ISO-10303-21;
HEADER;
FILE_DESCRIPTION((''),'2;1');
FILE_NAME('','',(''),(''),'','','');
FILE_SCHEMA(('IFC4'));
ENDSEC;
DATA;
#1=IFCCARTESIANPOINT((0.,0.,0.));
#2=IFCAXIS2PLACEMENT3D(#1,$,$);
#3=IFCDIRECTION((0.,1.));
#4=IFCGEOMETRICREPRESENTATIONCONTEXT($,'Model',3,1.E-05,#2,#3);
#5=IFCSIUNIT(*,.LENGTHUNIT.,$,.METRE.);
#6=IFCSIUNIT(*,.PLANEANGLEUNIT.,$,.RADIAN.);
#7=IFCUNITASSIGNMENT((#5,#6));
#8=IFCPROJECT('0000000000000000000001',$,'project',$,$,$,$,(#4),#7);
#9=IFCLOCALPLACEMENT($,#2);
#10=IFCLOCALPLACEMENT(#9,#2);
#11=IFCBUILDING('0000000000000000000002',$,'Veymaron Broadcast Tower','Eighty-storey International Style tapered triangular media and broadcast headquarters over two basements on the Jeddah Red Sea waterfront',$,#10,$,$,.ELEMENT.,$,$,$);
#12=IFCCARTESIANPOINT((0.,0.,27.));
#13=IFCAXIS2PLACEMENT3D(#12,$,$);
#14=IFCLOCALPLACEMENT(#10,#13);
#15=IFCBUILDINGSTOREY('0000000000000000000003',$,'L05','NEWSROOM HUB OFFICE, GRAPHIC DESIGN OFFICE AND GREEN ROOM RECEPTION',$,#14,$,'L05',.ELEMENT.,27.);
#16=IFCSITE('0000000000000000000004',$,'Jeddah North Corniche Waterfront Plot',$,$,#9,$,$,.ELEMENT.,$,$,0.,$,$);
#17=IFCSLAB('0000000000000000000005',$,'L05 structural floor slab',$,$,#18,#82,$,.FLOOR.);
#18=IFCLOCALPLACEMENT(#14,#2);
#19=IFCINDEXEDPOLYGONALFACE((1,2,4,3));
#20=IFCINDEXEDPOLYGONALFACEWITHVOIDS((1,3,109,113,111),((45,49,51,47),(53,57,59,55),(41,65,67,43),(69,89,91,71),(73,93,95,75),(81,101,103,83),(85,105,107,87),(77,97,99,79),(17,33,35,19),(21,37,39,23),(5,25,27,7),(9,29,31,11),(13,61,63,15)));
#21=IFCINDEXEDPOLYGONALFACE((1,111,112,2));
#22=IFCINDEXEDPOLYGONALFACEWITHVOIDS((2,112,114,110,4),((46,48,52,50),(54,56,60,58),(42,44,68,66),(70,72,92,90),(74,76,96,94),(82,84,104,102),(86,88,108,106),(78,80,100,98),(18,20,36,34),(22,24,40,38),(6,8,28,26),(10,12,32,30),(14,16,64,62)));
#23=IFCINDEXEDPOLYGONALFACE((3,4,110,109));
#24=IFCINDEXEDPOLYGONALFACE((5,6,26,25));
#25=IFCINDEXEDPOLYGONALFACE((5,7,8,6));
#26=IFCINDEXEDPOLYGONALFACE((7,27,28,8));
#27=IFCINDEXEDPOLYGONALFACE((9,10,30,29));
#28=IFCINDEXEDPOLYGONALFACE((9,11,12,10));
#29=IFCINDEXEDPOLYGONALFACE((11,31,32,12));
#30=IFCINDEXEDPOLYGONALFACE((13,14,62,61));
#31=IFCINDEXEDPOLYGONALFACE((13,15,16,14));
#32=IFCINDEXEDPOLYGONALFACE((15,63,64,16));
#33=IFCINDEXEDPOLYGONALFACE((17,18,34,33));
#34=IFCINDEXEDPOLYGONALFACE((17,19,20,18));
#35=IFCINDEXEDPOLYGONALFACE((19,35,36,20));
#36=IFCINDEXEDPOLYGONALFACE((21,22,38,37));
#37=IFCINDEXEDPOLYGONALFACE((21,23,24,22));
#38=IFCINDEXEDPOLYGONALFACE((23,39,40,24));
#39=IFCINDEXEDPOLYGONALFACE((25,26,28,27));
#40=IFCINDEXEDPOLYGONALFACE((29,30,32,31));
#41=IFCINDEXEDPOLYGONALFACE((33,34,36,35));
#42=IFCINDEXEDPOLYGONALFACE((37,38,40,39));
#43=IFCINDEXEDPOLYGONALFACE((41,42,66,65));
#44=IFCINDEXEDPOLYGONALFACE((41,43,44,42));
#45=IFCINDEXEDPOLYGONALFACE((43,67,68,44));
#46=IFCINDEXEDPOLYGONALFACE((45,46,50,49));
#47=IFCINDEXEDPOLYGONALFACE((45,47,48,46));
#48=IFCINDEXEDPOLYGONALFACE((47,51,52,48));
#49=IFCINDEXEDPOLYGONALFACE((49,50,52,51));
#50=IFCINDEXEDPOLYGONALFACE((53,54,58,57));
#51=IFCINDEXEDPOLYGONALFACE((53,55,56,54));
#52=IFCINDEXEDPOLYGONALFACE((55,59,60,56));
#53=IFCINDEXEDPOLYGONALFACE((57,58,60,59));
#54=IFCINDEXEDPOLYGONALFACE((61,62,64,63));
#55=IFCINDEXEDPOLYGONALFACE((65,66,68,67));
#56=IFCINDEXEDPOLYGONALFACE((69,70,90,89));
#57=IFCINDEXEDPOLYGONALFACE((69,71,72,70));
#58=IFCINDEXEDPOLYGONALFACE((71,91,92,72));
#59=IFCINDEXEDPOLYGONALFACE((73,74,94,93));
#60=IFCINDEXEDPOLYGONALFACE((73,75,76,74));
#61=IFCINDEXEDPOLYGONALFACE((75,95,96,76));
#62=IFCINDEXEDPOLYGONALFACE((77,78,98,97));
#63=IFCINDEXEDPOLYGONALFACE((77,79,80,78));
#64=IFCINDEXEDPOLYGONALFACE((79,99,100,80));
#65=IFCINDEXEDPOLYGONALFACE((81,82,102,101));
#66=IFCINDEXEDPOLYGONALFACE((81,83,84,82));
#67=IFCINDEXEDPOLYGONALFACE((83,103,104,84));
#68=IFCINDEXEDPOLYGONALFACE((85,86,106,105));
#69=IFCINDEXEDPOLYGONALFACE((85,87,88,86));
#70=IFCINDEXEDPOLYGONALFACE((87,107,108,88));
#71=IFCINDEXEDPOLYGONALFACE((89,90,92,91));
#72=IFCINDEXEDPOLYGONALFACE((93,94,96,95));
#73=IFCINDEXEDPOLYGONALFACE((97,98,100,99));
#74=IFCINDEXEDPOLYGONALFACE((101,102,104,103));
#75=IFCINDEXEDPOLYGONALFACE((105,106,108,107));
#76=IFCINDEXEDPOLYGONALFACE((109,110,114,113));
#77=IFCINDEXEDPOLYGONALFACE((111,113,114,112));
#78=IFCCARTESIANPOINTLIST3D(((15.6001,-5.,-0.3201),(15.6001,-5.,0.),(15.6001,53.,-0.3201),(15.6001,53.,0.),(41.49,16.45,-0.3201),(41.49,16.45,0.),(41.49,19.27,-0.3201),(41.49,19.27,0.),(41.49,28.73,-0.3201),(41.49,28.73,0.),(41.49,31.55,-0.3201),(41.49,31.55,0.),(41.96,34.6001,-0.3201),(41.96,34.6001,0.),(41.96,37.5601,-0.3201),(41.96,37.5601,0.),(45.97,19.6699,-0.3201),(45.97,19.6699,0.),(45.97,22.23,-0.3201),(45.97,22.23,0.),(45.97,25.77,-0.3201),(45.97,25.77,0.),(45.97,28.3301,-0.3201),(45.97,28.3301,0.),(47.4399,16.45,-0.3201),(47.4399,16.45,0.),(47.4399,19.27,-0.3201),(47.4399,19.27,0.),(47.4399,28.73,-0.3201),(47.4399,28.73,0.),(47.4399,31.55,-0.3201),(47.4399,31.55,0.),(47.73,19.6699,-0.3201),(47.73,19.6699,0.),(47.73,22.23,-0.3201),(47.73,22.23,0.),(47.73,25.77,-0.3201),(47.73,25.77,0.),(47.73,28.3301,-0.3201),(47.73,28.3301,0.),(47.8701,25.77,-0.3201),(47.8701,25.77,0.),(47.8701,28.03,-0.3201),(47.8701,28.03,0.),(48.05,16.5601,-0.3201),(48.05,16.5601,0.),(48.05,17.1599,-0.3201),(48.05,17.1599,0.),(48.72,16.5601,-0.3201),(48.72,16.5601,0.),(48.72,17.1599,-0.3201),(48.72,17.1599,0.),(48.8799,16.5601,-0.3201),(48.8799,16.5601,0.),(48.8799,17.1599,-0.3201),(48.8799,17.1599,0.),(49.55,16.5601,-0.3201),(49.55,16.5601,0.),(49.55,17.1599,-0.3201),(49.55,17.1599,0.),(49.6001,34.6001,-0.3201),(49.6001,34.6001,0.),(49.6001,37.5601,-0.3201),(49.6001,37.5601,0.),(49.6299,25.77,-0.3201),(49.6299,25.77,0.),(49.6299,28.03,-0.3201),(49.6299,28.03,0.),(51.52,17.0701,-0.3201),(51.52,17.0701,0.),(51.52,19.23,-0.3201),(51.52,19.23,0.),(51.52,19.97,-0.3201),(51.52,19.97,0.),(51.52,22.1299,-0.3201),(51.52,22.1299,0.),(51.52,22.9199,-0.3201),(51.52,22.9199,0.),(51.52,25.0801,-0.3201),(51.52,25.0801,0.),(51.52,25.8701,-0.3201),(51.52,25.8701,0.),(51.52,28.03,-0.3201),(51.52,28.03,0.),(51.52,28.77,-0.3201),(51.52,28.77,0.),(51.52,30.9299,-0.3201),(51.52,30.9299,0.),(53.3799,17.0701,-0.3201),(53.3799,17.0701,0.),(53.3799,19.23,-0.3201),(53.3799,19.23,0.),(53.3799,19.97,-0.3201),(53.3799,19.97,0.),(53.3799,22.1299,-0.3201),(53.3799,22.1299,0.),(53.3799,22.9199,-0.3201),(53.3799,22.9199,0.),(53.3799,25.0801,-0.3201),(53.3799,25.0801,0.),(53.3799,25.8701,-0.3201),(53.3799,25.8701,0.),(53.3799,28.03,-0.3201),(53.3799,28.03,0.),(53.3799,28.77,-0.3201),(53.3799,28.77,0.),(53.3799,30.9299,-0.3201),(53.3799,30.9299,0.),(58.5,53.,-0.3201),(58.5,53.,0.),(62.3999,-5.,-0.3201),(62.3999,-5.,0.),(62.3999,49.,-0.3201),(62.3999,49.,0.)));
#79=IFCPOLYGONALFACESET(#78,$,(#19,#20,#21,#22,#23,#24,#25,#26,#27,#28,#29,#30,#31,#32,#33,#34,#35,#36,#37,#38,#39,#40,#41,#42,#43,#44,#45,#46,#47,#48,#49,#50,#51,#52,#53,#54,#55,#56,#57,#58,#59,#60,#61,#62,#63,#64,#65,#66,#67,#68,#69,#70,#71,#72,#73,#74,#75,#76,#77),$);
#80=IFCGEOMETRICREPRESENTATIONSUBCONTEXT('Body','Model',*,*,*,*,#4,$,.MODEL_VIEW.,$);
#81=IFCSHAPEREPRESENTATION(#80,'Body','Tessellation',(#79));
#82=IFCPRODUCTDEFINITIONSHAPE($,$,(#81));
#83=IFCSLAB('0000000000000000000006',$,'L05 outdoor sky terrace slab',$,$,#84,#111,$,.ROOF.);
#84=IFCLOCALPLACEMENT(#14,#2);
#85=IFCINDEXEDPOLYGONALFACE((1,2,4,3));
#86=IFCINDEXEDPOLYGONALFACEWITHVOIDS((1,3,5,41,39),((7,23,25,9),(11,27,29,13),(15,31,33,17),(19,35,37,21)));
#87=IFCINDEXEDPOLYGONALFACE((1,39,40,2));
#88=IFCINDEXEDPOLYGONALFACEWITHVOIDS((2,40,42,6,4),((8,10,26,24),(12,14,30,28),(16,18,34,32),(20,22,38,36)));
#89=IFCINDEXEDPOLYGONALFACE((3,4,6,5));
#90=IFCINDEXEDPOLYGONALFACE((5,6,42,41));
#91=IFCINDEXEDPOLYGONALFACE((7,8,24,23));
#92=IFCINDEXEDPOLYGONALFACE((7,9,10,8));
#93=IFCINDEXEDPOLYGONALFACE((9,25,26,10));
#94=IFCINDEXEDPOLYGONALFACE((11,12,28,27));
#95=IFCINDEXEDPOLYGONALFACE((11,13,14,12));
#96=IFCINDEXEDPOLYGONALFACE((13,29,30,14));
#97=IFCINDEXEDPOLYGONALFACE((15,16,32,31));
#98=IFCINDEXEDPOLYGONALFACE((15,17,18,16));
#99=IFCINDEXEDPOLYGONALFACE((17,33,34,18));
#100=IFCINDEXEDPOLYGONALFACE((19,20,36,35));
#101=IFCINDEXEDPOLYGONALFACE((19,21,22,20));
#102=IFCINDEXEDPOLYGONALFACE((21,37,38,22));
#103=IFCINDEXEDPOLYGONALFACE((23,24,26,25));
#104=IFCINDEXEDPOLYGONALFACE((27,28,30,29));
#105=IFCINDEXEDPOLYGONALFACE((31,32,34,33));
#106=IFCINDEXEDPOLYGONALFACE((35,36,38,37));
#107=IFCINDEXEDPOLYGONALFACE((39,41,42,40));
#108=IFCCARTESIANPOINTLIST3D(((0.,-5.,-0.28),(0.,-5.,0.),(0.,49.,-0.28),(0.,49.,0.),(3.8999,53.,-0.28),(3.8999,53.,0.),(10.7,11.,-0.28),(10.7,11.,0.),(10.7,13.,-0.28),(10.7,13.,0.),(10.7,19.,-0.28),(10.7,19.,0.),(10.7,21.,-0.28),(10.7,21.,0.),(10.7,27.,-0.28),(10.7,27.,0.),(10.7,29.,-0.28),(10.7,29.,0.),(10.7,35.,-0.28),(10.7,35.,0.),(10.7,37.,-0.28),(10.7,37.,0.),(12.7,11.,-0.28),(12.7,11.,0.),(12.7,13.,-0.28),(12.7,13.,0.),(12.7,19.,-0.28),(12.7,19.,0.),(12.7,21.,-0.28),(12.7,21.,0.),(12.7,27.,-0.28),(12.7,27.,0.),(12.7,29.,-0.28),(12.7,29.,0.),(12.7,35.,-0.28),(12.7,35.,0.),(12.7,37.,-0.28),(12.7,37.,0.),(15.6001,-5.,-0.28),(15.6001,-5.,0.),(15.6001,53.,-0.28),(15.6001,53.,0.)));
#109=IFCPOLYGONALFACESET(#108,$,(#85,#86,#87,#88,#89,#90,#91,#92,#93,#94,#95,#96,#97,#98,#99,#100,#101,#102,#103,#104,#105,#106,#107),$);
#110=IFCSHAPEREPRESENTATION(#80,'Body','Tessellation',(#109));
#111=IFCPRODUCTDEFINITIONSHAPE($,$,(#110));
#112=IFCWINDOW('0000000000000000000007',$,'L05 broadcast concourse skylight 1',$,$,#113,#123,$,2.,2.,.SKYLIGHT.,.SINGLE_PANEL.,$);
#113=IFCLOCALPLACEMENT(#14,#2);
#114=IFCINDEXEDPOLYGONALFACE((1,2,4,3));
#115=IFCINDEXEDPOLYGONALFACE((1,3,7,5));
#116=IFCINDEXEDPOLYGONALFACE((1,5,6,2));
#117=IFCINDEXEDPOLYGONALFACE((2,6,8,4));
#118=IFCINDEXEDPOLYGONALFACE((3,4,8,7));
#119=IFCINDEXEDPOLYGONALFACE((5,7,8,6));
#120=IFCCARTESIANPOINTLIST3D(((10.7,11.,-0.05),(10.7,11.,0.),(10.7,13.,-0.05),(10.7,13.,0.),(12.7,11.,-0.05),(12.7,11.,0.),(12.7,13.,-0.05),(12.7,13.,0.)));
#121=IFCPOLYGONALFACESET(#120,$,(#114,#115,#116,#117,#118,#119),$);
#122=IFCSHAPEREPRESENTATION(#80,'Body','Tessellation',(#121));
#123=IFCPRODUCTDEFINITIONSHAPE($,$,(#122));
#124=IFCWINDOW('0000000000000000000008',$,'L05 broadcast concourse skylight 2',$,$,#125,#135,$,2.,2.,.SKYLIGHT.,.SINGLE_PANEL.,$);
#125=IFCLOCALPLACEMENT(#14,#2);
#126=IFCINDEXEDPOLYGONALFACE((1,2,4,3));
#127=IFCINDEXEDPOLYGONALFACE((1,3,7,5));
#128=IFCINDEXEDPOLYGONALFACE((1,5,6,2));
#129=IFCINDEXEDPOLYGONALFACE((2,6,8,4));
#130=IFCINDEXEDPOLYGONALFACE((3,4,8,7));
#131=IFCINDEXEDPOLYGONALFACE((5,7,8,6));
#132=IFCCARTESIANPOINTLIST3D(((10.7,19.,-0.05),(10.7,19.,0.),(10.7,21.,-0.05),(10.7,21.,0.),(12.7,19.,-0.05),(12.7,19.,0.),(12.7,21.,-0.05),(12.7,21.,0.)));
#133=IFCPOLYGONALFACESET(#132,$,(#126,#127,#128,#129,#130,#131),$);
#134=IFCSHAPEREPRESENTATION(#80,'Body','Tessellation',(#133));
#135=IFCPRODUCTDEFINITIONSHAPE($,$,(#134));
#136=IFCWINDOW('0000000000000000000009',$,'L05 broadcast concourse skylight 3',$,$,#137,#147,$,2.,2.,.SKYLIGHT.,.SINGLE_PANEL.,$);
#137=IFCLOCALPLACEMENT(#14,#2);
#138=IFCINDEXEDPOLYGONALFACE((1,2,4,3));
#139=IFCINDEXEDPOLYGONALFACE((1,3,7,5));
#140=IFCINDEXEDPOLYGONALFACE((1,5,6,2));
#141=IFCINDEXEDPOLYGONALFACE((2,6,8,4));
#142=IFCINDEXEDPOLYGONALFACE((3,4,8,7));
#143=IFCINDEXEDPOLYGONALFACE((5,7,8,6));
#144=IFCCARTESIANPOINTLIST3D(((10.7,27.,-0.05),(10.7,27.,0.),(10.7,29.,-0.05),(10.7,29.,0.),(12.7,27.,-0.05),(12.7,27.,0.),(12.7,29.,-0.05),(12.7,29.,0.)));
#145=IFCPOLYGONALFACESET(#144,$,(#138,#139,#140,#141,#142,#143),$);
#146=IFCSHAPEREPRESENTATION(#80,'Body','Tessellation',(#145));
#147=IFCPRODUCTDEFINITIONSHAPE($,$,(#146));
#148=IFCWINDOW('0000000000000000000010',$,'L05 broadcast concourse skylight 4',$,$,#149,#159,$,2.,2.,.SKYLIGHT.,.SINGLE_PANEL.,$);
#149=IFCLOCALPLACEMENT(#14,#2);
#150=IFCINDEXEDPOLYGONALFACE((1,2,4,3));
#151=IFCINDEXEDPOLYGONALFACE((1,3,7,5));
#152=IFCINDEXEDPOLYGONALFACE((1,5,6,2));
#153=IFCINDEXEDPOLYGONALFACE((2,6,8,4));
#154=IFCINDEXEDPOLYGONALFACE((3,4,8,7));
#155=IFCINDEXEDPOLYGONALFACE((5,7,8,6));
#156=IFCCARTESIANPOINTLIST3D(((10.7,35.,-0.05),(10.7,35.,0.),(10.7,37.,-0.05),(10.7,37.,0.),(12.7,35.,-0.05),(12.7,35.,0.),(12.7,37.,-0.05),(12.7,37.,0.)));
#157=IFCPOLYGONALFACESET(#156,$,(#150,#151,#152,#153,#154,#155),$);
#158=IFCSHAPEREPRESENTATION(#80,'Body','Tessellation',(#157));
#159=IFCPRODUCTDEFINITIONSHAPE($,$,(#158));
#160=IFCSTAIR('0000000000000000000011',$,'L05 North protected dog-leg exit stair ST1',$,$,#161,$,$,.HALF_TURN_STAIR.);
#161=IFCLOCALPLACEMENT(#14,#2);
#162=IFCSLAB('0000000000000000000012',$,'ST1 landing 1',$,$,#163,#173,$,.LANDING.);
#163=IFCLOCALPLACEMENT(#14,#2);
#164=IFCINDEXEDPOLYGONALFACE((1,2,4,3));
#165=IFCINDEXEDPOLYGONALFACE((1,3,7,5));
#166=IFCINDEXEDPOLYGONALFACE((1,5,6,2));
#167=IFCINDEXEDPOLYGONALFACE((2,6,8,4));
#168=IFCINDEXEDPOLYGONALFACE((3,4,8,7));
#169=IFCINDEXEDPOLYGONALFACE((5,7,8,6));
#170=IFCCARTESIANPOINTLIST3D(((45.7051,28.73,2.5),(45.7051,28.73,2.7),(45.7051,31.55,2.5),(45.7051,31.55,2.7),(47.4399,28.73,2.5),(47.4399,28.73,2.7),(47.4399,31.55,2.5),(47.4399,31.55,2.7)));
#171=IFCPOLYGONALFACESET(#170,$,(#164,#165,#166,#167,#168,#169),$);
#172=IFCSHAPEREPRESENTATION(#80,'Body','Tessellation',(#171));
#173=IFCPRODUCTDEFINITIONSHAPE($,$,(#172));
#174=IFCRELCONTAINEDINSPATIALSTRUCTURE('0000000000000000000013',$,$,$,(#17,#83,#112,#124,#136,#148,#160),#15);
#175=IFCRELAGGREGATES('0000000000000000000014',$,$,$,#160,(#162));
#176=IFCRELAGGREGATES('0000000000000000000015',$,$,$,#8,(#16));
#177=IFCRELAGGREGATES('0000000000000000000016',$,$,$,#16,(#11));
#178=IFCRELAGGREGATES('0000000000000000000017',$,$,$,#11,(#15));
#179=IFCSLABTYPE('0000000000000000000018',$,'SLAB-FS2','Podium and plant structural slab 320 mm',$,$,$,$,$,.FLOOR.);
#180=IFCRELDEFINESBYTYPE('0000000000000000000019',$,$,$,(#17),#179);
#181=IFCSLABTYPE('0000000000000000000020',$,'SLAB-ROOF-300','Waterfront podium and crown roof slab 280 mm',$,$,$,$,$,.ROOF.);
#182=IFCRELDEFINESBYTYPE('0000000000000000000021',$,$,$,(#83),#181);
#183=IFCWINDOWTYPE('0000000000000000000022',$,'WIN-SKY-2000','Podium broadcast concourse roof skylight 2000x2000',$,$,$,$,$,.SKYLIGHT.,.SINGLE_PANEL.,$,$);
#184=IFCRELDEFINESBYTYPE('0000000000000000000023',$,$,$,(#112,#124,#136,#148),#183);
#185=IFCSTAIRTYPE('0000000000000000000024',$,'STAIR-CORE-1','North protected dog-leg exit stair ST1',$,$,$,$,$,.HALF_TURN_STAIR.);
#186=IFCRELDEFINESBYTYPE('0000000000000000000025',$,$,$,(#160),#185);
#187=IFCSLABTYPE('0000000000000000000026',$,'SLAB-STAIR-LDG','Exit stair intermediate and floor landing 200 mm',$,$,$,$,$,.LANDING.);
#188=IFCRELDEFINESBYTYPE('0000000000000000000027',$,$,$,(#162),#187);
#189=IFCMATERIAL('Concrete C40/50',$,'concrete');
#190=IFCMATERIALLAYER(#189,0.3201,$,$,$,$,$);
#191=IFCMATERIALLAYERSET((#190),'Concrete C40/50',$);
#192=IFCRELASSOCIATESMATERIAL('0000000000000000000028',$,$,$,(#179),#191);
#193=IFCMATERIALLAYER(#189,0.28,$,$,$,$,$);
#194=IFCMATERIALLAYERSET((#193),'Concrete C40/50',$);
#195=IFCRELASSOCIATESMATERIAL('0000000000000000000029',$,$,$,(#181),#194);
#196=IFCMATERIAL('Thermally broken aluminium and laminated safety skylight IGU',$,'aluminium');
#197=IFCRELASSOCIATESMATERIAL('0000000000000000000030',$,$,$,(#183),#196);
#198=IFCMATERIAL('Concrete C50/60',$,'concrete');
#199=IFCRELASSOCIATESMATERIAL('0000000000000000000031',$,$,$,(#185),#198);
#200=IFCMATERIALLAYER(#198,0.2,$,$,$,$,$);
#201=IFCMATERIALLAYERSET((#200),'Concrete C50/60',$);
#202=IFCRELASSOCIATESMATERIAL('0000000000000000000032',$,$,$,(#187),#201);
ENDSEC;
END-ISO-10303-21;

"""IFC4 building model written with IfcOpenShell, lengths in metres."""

from ifc_helpers import new_model, si_unit, direction, frame, origin, origin_2d, place, context, subcontext, project, spatial, polyline, rectangle, outline, extrude, material, layer, layer_set, type_object, element, fill, aggregate, save


model = new_model("IFC4")

# Units and contexts
model_context = context("Model", 3, precision=1e-05, world=origin(), true_north=direction((0.0, 1.0)))
body_context = subcontext(model_context, "Body", "Model", "MODEL_VIEW")
ifc_project = project(units=[si_unit("LENGTHUNIT", "METRE"), si_unit("PLANEANGLEUNIT", "RADIAN")], contexts=[model_context])

# Site, building, storey
site_placement = place(None, origin())
site = spatial("IfcSite", under=ifc_project, at=site_placement, Name="Jeddah North Corniche Waterfront Plot", CompositionType="ELEMENT", RefElevation=0.0)
building_placement = place(site_placement, origin())
building = spatial("IfcBuilding", under=site, at=building_placement, Name="Veymaron Broadcast Tower", Description="Eighty-storey International Style tapered triangular media and broadcast headquarters over two basements on the Jeddah Red Sea waterfront", CompositionType="ELEMENT")
storey_placement = place(building_placement, frame((0.0, 0.0, 27.0)))
storey = spatial("IfcBuildingStorey", under=building, at=storey_placement, Name="L05", Description="NEWSROOM HUB OFFICE, GRAPHIC DESIGN OFFICE AND GREEN ROOM RECEPTION", LongName="L05", CompositionType="ELEMENT", Elevation=27.0)

# Shared definitions
ifc_material_1 = material(Name="Concrete C50/60", Category="concrete")

# Slab
ifc_material_2 = material(Name="Concrete C40/50", Category="concrete")
ifc_layer_1 = layer(ifc_material_2, 0.3201)
ifc_layer_set_1 = layer_set([ifc_layer_1], Name="Concrete C40/50")
slab_type_1 = type_object("IfcSlabType", Name="SLAB-FS2", Description="Podium and plant structural slab 320 mm", PredefinedType="FLOOR", material=ifc_layer_set_1)
slab_1_placement = place(storey_placement, frame((0.0, 0.0, -0.3201)))
element("IfcSlab", 1, at=slab_1_placement, inside=storey, type_object=slab_type_1, Name="L05 structural floor slab", PredefinedType="FLOOR", context=body_context, shape_type="SweptSolid", body=[
    extrude(outline(polyline([(15.6001, 53.0), (15.6001, -5.0), (62.3999, -5.0), (62.3999, 49.0), (58.5, 53.0), (15.6001, 53.0)]), holes=[polyline([(45.97, 28.3301), (47.73, 28.3301), (47.73, 25.77), (45.97, 25.77), (45.97, 28.3301)]), polyline([(45.97, 22.23), (47.73, 22.23), (47.73, 19.6699), (45.97, 19.6699), (45.97, 22.23)]), polyline([(47.8701, 28.03), (49.6299, 28.03), (49.6299, 25.77), (47.8701, 25.77), (47.8701, 28.03)]), polyline([(51.52, 30.9299), (53.3799, 30.9299), (53.3799, 28.77), (51.52, 28.77), (51.52, 30.9299)]), polyline([(51.52, 28.03), (53.3799, 28.03), (53.3799, 25.8701), (51.52, 25.8701), (51.52, 28.03)]), polyline([(51.52, 22.1299), (53.3799, 22.1299), (53.3799, 19.97), (51.52, 19.97), (51.52, 22.1299)]), polyline([(51.52, 25.0801), (53.3799, 25.0801), (53.3799, 22.9199), (51.52, 22.9199), (51.52, 25.0801)]), polyline([(51.52, 19.23), (53.3799, 19.23), (53.3799, 17.0701), (51.52, 17.0701), (51.52, 19.23)]), polyline([(48.05, 17.1599), (48.72, 17.1599), (48.72, 16.5601), (48.05, 16.5601), (48.05, 17.1599)]), polyline([(48.8799, 17.1599), (49.55, 17.1599), (49.55, 16.5601), (48.8799, 16.5601), (48.8799, 17.1599)]), polyline([(41.49, 31.55), (47.4399, 31.55), (47.4399, 28.73), (41.49, 28.73), (41.49, 31.55)]), polyline([(41.49, 19.27), (47.4399, 19.27), (47.4399, 16.45), (41.49, 16.45), (41.49, 19.27)]), polyline([(41.96, 37.5601), (49.6001, 37.5601), (49.6001, 34.6001), (41.96, 34.6001), (41.96, 37.5601)])]), origin(), (0.0, 0.0, 1.0), 0.3201),
])

# Slab, openings, windows
ifc_layer_2 = layer(ifc_material_2, 0.28)
ifc_layer_set_2 = layer_set([ifc_layer_2], Name="Concrete C40/50")
slab_type_2 = type_object("IfcSlabType", Name="SLAB-ROOF-300", Description="Waterfront podium and crown roof slab 280 mm", PredefinedType="ROOF", material=ifc_layer_set_2)
slab_2_placement = place(storey_placement, frame((0.0, 0.0, -0.28)))
slab_2 = element("IfcSlab", 2, at=slab_2_placement, inside=storey, type_object=slab_type_2, Name="L05 outdoor sky terrace slab", PredefinedType="ROOF", context=body_context, shape_type="SweptSolid", body=[
    extrude(outline(polyline([(15.6001, -5.0), (15.6001, 53.0), (3.8999, 53.0), (0.0, 49.0), (0.0, -5.0), (15.6001, -5.0)])), origin(), (0.0, 0.0, 1.0), 0.28),
])
opening_1_placement = place(slab_2_placement, frame((11.7, 12.0, -0.01)))
opening_1 = element("IfcOpeningElement", 3, at=opening_1_placement, cuts=slab_2, PredefinedType="OPENING", context=body_context, shape_type="SweptSolid", body=[
    extrude(rectangle(XDim=2.0, YDim=2.0, at=origin_2d()), origin(), (0.0, 0.0, 1.0), 0.3),
])
opening_2_placement = place(slab_2_placement, frame((11.7, 20.0, -0.01)))
opening_2 = element("IfcOpeningElement", 4, at=opening_2_placement, cuts=slab_2, PredefinedType="OPENING", context=body_context, shape_type="SweptSolid", body=[
    extrude(rectangle(XDim=2.0, YDim=2.0, at=origin_2d()), origin(), (0.0, 0.0, 1.0), 0.3),
])
opening_3_placement = place(slab_2_placement, frame((11.7, 28.0, -0.01)))
opening_3 = element("IfcOpeningElement", 5, at=opening_3_placement, cuts=slab_2, PredefinedType="OPENING", context=body_context, shape_type="SweptSolid", body=[
    extrude(rectangle(XDim=2.0, YDim=2.0, at=origin_2d()), origin(), (0.0, 0.0, 1.0), 0.3),
])
opening_4_placement = place(slab_2_placement, frame((11.7, 36.0, -0.01)))
opening_4 = element("IfcOpeningElement", 6, at=opening_4_placement, cuts=slab_2, PredefinedType="OPENING", context=body_context, shape_type="SweptSolid", body=[
    extrude(rectangle(XDim=2.0, YDim=2.0, at=origin_2d()), origin(), (0.0, 0.0, 1.0), 0.3),
])
ifc_material_3 = material(Name="Thermally broken aluminium and laminated safety skylight IGU", Category="aluminium")
window_type = type_object("IfcWindowType", Name="WIN-SKY-2000", Description="Podium broadcast concourse roof skylight 2000x2000", PartitioningType="SINGLE_PANEL", PredefinedType="SKYLIGHT", material=ifc_material_3)
window_1_placement = place(slab_2_placement, frame((11.7, 12.0, 0.23)))
window_1 = element("IfcWindow", 7, at=window_1_placement, inside=storey, type_object=window_type, Name="L05 broadcast concourse skylight 1", OverallHeight=2.0, OverallWidth=2.0, PartitioningType="SINGLE_PANEL", PredefinedType="SKYLIGHT", context=body_context, shape_type="SweptSolid", body=[
    extrude(rectangle(XDim=2.0, YDim=2.0, at=origin_2d()), origin(), (0.0, 0.0, 1.0), 0.05),
])
fill(opening_1, window_1)
window_2_placement = place(slab_2_placement, frame((11.7, 20.0, 0.23)))
window_2 = element("IfcWindow", 8, at=window_2_placement, inside=storey, type_object=window_type, Name="L05 broadcast concourse skylight 2", OverallHeight=2.0, OverallWidth=2.0, PartitioningType="SINGLE_PANEL", PredefinedType="SKYLIGHT", context=body_context, shape_type="SweptSolid", body=[
    extrude(rectangle(XDim=2.0, YDim=2.0, at=origin_2d()), origin(), (0.0, 0.0, 1.0), 0.05),
])
fill(opening_2, window_2)
window_3_placement = place(slab_2_placement, frame((11.7, 28.0, 0.23)))
window_3 = element("IfcWindow", 9, at=window_3_placement, inside=storey, type_object=window_type, Name="L05 broadcast concourse skylight 3", OverallHeight=2.0, OverallWidth=2.0, PartitioningType="SINGLE_PANEL", PredefinedType="SKYLIGHT", context=body_context, shape_type="SweptSolid", body=[
    extrude(rectangle(XDim=2.0, YDim=2.0, at=origin_2d()), origin(), (0.0, 0.0, 1.0), 0.05),
])
fill(opening_3, window_3)
window_4_placement = place(slab_2_placement, frame((11.7, 36.0, 0.23)))
window_4 = element("IfcWindow", 10, at=window_4_placement, inside=storey, type_object=window_type, Name="L05 broadcast concourse skylight 4", OverallHeight=2.0, OverallWidth=2.0, PartitioningType="SINGLE_PANEL", PredefinedType="SKYLIGHT", context=body_context, shape_type="SweptSolid", body=[
    extrude(rectangle(XDim=2.0, YDim=2.0, at=origin_2d()), origin(), (0.0, 0.0, 1.0), 0.05),
])
fill(opening_4, window_4)

# Stair, slab
stair_type_1 = type_object("IfcStairType", Name="STAIR-CORE-1", Description="North protected dog-leg exit stair ST1", PredefinedType="HALF_TURN_STAIR", material=ifc_material_1)
stair_1_placement = place(storey_placement, origin())
stair_1 = element("IfcStair", 11, at=stair_1_placement, inside=storey, type_object=stair_type_1, Name="L05 North protected dog-leg exit stair ST1", PredefinedType="HALF_TURN_STAIR")
ifc_layer_3 = layer(ifc_material_1, 0.2)
ifc_layer_set_3 = layer_set([ifc_layer_3], Name="Concrete C50/60")
slab_type_3 = type_object("IfcSlabType", Name="SLAB-STAIR-LDG", Description="Exit stair intermediate and floor landing 200 mm", PredefinedType="LANDING", material=ifc_layer_set_3)
slab_3_placement = place(storey_placement, frame((0.0, 0.0, 2.5)))
slab_3 = element("IfcSlab", 12, at=slab_3_placement, type_object=slab_type_3, Name="ST1 landing 1", PredefinedType="LANDING", context=body_context, shape_type="SweptSolid", body=[
    extrude(outline(polyline([(45.7051, 28.73), (47.4399, 28.73), (47.4399, 31.55), (45.7051, 31.55), (45.7051, 28.73)])), origin(), (0.0, 0.0, 1.0), 0.2),
])
aggregate(stair_1, [slab_3])

save(model, "model.ifc")
